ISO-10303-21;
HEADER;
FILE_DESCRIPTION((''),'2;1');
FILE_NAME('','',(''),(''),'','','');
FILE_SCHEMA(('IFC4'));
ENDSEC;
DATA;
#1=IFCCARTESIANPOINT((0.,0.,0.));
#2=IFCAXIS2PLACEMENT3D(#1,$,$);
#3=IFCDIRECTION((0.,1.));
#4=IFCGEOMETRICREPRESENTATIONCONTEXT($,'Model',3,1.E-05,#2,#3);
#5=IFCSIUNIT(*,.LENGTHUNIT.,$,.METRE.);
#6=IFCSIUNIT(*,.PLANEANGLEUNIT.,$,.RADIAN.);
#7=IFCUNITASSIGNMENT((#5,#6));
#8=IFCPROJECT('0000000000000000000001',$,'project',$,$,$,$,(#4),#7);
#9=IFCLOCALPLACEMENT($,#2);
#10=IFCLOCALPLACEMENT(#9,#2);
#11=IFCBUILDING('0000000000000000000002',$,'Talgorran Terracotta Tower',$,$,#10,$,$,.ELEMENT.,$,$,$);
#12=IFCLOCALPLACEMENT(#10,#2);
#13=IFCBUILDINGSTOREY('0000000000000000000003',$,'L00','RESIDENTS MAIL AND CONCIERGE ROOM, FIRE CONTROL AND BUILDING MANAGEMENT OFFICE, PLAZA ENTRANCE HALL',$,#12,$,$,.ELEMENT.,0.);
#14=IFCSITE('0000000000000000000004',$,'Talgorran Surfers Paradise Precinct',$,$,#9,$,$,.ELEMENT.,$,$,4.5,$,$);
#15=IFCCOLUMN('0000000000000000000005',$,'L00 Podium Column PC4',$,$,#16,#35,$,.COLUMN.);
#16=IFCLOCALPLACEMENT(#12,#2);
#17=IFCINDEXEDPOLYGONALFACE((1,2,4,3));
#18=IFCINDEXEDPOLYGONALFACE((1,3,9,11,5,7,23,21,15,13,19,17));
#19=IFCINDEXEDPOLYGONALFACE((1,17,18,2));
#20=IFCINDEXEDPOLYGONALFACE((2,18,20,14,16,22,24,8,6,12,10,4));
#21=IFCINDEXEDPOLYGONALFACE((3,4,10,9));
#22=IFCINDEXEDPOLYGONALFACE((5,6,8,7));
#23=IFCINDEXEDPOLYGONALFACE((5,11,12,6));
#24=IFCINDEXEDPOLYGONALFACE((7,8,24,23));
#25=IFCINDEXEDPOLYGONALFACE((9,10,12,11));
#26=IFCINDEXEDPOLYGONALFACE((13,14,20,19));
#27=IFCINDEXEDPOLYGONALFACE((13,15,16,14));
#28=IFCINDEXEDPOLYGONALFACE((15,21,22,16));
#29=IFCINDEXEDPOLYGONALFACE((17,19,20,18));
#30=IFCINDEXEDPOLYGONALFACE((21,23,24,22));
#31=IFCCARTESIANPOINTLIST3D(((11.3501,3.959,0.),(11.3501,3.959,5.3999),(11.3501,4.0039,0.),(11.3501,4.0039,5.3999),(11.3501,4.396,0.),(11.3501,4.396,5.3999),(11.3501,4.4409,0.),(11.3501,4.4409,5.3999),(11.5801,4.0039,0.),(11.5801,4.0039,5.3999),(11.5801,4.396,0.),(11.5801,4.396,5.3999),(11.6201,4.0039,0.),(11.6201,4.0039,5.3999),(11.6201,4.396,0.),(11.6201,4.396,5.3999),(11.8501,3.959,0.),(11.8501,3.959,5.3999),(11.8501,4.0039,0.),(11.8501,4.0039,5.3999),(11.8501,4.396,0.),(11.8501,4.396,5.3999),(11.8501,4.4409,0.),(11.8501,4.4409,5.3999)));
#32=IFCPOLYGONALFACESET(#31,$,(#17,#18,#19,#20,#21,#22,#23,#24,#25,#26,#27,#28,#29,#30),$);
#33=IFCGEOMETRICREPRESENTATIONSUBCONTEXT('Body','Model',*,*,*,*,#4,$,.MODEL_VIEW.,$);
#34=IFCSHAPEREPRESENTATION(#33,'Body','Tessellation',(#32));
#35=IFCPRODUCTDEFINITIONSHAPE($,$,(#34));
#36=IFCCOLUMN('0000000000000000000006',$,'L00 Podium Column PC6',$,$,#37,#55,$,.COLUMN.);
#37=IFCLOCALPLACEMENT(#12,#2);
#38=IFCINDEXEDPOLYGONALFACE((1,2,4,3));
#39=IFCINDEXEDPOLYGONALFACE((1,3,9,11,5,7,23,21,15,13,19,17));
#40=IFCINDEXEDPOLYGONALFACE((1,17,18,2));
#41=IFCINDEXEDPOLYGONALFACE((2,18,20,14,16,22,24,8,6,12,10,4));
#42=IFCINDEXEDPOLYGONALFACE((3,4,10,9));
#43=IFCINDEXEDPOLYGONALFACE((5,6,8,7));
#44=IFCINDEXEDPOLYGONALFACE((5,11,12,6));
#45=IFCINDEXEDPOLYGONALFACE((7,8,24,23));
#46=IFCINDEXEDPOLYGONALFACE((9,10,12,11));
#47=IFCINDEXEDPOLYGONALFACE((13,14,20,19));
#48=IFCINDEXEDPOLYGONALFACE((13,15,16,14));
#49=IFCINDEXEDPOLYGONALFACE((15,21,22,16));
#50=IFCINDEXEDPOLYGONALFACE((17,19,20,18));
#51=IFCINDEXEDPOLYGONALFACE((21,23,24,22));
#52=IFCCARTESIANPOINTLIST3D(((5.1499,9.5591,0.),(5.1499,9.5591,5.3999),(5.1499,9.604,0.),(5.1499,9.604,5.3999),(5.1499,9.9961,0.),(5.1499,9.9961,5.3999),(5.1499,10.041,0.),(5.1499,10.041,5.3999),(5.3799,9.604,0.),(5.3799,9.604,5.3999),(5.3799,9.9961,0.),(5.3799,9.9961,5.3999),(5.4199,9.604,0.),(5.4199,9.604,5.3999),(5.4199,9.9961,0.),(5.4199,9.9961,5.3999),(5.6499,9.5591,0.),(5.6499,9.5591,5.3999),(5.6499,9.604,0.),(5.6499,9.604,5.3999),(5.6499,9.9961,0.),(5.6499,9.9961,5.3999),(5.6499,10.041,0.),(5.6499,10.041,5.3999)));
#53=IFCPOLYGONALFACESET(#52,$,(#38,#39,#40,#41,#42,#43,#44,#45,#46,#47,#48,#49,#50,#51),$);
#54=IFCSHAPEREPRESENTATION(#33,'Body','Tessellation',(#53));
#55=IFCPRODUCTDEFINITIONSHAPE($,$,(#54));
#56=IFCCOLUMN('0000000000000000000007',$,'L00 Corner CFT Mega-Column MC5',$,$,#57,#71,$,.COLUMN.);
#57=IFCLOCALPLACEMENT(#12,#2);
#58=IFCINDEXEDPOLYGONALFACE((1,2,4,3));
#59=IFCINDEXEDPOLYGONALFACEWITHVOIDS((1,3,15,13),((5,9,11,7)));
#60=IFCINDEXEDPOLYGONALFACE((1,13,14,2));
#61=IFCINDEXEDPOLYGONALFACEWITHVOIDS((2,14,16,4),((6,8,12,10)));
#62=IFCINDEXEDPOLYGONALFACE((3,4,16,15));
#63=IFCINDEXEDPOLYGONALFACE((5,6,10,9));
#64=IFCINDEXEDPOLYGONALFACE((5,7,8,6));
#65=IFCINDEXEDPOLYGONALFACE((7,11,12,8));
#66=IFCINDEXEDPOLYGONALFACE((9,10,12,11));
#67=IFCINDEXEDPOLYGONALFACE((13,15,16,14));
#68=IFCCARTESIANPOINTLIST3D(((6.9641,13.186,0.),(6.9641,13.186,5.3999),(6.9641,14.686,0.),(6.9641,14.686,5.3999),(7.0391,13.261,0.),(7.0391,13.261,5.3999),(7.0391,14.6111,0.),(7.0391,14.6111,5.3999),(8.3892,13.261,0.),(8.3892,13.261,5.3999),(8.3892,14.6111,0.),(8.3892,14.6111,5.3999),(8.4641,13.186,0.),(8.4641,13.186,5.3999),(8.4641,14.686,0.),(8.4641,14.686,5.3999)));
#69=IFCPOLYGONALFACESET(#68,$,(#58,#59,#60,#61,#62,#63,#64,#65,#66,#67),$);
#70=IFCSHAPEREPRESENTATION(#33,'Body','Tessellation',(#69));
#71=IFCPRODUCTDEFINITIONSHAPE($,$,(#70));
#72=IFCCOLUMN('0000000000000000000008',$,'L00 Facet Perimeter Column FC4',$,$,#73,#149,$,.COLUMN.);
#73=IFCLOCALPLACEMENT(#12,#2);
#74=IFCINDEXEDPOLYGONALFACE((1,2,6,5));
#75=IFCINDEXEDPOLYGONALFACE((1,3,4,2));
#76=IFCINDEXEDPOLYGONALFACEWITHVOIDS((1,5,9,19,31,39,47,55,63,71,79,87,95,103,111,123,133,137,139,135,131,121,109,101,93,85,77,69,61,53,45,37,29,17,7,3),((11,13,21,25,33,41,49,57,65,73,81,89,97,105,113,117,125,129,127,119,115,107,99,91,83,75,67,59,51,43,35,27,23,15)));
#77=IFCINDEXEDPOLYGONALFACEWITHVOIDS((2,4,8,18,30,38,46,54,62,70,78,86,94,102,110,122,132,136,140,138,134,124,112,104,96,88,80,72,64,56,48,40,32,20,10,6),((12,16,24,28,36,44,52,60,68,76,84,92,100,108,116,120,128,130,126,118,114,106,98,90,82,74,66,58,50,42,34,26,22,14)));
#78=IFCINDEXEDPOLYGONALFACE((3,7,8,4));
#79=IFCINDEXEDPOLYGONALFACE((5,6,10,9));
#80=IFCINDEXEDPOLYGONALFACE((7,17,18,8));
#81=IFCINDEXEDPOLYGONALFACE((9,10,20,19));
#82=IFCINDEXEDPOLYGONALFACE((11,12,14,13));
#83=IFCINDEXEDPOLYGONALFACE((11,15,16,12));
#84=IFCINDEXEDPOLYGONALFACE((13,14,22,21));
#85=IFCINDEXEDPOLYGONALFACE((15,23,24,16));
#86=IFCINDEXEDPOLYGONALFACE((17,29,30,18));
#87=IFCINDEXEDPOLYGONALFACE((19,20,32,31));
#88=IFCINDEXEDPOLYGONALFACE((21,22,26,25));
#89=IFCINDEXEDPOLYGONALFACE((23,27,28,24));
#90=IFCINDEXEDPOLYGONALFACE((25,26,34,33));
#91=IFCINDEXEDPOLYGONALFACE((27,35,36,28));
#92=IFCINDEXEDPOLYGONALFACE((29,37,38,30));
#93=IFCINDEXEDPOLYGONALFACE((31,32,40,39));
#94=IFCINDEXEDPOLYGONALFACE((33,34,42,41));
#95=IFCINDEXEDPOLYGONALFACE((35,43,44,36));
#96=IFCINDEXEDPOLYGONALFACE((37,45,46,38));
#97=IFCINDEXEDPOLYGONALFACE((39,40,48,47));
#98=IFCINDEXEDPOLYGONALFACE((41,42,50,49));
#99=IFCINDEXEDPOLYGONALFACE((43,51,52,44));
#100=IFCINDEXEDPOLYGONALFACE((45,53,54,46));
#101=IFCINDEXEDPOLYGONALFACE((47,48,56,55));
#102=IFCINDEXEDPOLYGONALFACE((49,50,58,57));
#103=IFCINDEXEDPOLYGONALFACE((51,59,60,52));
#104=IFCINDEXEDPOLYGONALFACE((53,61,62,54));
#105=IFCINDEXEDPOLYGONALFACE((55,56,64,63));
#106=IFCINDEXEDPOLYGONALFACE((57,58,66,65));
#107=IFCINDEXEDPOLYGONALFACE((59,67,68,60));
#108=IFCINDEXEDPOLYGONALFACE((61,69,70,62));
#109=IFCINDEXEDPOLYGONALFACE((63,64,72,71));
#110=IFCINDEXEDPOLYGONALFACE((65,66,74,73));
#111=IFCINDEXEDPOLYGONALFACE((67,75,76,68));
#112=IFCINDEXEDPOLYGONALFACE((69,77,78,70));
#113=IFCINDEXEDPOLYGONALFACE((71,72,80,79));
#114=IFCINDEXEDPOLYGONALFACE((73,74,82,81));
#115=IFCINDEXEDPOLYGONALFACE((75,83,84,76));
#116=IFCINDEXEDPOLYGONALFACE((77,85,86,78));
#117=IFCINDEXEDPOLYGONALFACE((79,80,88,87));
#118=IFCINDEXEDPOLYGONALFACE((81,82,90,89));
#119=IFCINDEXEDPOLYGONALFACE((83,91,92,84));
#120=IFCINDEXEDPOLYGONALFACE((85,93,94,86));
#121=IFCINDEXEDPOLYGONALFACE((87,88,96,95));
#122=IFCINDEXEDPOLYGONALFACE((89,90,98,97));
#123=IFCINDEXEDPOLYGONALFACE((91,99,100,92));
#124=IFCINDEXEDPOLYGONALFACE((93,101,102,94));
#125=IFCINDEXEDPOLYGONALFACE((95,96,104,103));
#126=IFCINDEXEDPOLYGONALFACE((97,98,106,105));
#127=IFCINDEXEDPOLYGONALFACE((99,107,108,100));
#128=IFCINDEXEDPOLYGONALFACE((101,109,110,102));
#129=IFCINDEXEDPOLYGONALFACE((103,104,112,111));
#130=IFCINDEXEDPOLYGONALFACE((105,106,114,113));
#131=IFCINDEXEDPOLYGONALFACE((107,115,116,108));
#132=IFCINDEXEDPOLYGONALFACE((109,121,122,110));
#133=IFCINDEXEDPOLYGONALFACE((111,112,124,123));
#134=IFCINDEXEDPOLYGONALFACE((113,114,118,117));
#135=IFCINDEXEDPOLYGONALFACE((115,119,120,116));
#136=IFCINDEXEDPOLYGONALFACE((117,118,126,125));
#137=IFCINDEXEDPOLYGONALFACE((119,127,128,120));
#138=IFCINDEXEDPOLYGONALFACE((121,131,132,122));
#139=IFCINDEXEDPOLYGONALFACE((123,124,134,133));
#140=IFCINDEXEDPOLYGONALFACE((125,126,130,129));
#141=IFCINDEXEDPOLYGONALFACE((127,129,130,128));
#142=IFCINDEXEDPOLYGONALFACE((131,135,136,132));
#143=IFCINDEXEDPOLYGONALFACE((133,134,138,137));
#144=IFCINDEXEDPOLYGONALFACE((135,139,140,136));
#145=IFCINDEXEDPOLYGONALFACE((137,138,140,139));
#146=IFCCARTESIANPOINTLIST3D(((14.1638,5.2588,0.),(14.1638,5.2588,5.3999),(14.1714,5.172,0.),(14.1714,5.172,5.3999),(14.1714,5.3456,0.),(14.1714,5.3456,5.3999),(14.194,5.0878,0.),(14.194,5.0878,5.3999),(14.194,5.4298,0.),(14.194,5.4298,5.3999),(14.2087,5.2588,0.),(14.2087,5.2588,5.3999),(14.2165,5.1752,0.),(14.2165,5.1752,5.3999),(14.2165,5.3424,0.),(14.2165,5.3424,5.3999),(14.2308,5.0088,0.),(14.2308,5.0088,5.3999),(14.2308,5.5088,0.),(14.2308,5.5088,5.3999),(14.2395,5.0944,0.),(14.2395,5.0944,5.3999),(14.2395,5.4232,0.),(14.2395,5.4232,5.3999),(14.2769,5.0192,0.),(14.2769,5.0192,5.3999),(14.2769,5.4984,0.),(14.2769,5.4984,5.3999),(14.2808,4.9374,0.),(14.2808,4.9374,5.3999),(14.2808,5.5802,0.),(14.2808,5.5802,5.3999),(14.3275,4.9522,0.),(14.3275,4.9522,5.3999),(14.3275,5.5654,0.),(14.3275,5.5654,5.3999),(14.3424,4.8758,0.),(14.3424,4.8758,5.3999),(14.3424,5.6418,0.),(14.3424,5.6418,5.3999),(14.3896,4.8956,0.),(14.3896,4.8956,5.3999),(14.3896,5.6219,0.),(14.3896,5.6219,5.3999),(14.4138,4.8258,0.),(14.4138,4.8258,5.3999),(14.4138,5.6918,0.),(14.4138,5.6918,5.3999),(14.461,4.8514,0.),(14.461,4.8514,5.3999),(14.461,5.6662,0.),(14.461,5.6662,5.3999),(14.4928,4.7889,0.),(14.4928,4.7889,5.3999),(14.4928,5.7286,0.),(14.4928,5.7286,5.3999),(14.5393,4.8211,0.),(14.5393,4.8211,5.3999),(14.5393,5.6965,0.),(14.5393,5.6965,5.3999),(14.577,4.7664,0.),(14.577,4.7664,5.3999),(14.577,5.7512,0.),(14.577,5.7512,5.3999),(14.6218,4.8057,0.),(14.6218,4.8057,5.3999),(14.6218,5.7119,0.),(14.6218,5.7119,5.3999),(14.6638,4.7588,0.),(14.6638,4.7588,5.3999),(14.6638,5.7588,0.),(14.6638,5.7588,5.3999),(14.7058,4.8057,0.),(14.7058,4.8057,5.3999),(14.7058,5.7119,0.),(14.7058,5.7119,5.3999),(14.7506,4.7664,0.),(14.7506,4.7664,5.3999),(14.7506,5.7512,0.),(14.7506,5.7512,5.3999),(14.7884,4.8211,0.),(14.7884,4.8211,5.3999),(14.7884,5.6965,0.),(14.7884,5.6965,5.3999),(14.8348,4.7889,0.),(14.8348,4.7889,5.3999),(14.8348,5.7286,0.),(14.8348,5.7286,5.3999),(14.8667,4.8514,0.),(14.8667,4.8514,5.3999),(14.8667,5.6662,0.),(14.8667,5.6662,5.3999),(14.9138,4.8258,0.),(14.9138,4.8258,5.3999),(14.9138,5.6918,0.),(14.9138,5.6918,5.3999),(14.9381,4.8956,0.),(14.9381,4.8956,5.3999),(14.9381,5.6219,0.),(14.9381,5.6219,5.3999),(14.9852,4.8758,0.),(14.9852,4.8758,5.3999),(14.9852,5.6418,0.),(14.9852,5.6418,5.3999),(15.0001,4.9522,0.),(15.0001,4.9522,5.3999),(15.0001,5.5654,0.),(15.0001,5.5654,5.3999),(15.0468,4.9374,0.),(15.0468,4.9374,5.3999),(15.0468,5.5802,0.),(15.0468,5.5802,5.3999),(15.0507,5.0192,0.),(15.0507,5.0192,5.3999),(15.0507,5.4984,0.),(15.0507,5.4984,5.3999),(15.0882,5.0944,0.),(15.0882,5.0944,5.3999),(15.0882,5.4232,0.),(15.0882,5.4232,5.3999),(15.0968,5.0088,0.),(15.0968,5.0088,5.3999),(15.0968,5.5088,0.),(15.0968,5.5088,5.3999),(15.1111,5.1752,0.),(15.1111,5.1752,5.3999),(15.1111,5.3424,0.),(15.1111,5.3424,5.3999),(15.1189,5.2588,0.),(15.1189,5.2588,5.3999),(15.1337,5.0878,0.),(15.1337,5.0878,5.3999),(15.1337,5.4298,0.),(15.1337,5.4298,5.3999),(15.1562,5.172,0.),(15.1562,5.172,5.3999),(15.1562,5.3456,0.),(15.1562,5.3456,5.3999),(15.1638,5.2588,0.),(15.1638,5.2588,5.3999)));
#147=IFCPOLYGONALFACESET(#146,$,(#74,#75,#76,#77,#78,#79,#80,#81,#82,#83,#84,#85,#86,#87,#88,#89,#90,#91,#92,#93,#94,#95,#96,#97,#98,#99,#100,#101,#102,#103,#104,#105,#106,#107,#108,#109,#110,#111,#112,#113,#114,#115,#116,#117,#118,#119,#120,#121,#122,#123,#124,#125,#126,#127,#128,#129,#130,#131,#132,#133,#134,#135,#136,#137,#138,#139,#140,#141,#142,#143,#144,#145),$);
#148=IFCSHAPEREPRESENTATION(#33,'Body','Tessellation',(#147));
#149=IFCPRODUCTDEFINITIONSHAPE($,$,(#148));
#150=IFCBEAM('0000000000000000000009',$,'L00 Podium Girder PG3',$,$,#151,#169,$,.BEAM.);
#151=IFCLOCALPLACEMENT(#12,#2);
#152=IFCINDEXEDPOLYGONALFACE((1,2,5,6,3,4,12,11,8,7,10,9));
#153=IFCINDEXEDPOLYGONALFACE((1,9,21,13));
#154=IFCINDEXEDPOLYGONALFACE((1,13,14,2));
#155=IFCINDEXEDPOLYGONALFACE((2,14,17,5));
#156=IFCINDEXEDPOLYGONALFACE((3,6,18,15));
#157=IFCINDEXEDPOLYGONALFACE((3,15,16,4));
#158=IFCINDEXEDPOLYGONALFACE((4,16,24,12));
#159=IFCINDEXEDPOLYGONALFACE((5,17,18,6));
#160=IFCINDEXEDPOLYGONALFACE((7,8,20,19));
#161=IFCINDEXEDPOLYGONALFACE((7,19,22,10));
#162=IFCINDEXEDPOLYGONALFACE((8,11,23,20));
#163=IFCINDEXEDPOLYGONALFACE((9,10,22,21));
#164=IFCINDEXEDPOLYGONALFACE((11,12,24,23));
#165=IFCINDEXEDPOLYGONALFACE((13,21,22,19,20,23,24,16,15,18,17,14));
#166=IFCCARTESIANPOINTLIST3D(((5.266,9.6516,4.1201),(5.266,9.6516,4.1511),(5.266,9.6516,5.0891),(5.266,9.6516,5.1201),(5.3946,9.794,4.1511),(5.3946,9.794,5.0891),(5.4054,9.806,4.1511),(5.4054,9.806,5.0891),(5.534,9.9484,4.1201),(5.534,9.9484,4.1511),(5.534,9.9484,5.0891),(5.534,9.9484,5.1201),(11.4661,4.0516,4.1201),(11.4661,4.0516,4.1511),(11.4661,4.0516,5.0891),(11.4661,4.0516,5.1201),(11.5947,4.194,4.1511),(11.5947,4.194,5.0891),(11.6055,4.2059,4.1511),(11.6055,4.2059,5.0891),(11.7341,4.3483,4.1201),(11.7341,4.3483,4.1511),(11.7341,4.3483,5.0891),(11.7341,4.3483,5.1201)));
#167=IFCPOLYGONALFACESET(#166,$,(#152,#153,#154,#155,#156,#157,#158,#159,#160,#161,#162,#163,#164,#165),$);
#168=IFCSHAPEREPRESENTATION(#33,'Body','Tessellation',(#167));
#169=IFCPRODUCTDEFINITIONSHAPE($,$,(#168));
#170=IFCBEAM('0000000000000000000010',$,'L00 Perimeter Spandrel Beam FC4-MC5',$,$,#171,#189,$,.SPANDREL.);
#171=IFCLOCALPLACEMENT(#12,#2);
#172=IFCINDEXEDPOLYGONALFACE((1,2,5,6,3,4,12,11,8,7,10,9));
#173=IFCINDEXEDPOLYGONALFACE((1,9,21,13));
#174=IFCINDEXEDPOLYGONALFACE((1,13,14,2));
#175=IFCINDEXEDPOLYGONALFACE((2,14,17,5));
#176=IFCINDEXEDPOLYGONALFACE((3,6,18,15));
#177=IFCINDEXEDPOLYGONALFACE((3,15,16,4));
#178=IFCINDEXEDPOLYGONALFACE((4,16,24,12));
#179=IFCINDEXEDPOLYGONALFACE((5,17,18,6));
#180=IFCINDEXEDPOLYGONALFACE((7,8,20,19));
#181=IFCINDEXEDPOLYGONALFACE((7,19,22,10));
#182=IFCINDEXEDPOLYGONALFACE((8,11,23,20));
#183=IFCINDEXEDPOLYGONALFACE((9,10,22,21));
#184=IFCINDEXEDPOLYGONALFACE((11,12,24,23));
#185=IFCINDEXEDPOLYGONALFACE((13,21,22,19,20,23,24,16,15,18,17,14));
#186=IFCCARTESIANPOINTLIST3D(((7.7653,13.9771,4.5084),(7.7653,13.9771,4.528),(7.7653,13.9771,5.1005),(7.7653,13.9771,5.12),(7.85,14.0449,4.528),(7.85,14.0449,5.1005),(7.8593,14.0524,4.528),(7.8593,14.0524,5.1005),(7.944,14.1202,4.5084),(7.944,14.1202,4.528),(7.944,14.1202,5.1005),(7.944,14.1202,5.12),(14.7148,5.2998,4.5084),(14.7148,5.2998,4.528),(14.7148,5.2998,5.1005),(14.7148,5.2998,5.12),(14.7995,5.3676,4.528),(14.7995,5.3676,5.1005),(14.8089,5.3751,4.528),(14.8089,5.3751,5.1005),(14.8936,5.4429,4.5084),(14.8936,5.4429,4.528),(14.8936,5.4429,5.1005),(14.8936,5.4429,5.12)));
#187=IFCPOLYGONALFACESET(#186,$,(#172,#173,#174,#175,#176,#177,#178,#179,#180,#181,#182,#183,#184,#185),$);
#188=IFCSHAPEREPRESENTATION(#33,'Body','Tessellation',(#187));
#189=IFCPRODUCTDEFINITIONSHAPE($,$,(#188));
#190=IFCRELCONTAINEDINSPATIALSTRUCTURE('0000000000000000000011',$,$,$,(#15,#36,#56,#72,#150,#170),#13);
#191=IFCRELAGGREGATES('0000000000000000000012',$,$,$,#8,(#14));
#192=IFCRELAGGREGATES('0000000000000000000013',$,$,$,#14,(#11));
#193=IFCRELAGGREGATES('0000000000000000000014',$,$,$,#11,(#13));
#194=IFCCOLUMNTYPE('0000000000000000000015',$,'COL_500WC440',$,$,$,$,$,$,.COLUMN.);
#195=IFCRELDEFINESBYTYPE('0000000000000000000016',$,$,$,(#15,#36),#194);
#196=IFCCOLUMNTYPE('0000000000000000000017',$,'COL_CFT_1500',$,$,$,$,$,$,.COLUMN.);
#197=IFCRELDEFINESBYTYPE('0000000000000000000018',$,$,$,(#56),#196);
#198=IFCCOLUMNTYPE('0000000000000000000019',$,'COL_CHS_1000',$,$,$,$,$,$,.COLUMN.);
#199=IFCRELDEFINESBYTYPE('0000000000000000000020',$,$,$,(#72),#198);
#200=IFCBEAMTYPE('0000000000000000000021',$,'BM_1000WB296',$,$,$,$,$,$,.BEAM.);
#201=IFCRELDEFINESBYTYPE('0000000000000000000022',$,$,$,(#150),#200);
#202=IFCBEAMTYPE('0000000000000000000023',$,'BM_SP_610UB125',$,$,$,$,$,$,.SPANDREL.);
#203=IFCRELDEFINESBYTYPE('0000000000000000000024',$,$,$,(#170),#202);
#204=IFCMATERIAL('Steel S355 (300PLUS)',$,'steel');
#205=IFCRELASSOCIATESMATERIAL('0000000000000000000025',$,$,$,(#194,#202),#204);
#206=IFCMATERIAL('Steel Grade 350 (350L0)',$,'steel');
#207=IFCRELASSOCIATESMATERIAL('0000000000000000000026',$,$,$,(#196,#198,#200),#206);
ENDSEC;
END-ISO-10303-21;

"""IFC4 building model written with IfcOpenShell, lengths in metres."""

from ifc_helpers import new_model, si_unit, direction, frame, origin, origin_2d, place, context, subcontext, project, spatial, hollow_rectangle, hollow_circle, i_section, extrude, material, material_profile, profile_set, type_object, element, save


model = new_model("IFC4")

# Units and contexts
model_context = context("Model", 3, precision=1e-05, world=origin(), true_north=direction((0.0, 1.0)))
body_context = subcontext(model_context, "Body", "Model", "MODEL_VIEW")
ifc_project = project(units=[si_unit("LENGTHUNIT", "METRE"), si_unit("PLANEANGLEUNIT", "RADIAN")], contexts=[model_context])

# Site, building, storey
site_placement = place(None, origin())
site = spatial("IfcSite", under=ifc_project, at=site_placement, Name="Talgorran Surfers Paradise Precinct", CompositionType="ELEMENT", RefElevation=4.5)
building_placement = place(site_placement, origin())
building = spatial("IfcBuilding", under=site, at=building_placement, Name="Talgorran Terracotta Tower", CompositionType="ELEMENT")
storey_placement = place(building_placement, origin())
storey = spatial("IfcBuildingStorey", under=building, at=storey_placement, Name="L00", Description="RESIDENTS MAIL AND CONCIERGE ROOM, FIRE CONTROL AND BUILDING MANAGEMENT OFFICE, PLAZA ENTRANCE HALL", CompositionType="ELEMENT", Elevation=0.0)

# Columns
ifc_material_1 = material(Name="Steel S355 (300PLUS)", Category="steel")
ifc_material_profile_1 = material_profile(ifc_material_1, i_section(OverallWidth=0.5, OverallDepth=0.4819, WebThickness=0.04, FlangeThickness=0.0449, at=origin_2d()), Name="500WC440")
ifc_profile_set_1 = profile_set([ifc_material_profile_1], Name="Steel S355 (300PLUS)")
column_type_1 = type_object("IfcColumnType", Name="COL_500WC440", PredefinedType="COLUMN", material=ifc_profile_set_1)
for number, where, z_axis, x_axis, name in (
    (1, (11.6001, 4.2, 0.0), (0.0, 0.0, 1.0), (1.0, 0.0, 0.0), "L00 Podium Column PC4"),
    (2, (5.3999, 9.8, 0.0), (0.0, 0.0, 1.0), (1.0, 0.0, 0.0), "L00 Podium Column PC6"),
):
    element("IfcColumn", number, at=place(storey_placement, frame(where, z_axis=z_axis, x_axis=x_axis)), inside=storey, type_object=column_type_1, Name=name, PredefinedType="COLUMN", context=body_context, shape_type="SweptSolid", body=[
        extrude(i_section(OverallWidth=0.5, OverallDepth=0.4819, WebThickness=0.04, FlangeThickness=0.0449, at=origin_2d()), origin(), (0.0, 0.0, 1.0), 5.3999),
    ])
ifc_material_2 = material(Name="Steel Grade 350 (350L0)", Category="steel")
ifc_material_profile_2 = material_profile(ifc_material_2, hollow_rectangle(XDim=1.5, YDim=1.5, WallThickness=0.075, at=origin_2d()), Name="CFT1500X1500X75")
ifc_profile_set_2 = profile_set([ifc_material_profile_2], Name="Steel Grade 350 (350L0)")
column_type_2 = type_object("IfcColumnType", Name="COL_CFT_1500", PredefinedType="COLUMN", material=ifc_profile_set_2)
column_1_placement = place(storey_placement, frame((7.7141, 13.936, 0.0), z_axis=(0.0, 0.0, 1.0), x_axis=(1.0, 0.0, 0.0)))
element("IfcColumn", 3, at=column_1_placement, inside=storey, type_object=column_type_2, Name="L00 Corner CFT Mega-Column MC5", PredefinedType="COLUMN", context=body_context, shape_type="SweptSolid", body=[
    extrude(hollow_rectangle(XDim=1.5, YDim=1.5, WallThickness=0.075, at=origin_2d()), origin(), (0.0, 0.0, 1.0), 5.3999),
])
ifc_material_profile_3 = material_profile(ifc_material_2, hollow_circle(Radius=0.5, WallThickness=0.0449, at=origin_2d()), Name="CHS1000X45")
ifc_profile_set_3 = profile_set([ifc_material_profile_3], Name="Steel Grade 350 (350L0)")
column_type_3 = type_object("IfcColumnType", Name="COL_CHS_1000", PredefinedType="COLUMN", material=ifc_profile_set_3)
column_2_placement = place(storey_placement, frame((14.6638, 5.2588, 0.0), z_axis=(0.0, 0.0, 1.0), x_axis=(1.0, 0.0, 0.0)))
element("IfcColumn", 4, at=column_2_placement, inside=storey, type_object=column_type_3, Name="L00 Facet Perimeter Column FC4", PredefinedType="COLUMN", context=body_context, shape_type="SweptSolid", body=[
    extrude(hollow_circle(Radius=0.5, WallThickness=0.0449, at=origin_2d()), origin(), (0.0, 0.0, 1.0), 5.3999),
])

# Beams
ifc_material_profile_4 = material_profile(ifc_material_2, i_section(OverallWidth=0.3999, OverallDepth=1.0, WebThickness=0.0161, FlangeThickness=0.031, at=origin_2d()), Name="1000WB296")
ifc_profile_set_4 = profile_set([ifc_material_profile_4], Name="Steel Grade 350 (350L0)")
beam_type_1 = type_object("IfcBeamType", Name="BM_1000WB296", PredefinedType="BEAM", material=ifc_profile_set_4)
beam_1_placement = place(storey_placement, frame((11.6001, 4.2, 4.6201), z_axis=(-0.742107, 0.670281, 0.0), x_axis=(-0.670281, -0.742107, 0.0)))
element("IfcBeam", 5, at=beam_1_placement, inside=storey, type_object=beam_type_1, Name="L00 Podium Girder PG3", PredefinedType="BEAM", context=body_context, shape_type="SweptSolid", body=[
    extrude(i_section(OverallWidth=0.3999, OverallDepth=1.0, WebThickness=0.0161, FlangeThickness=0.031, at=origin_2d()), origin(), (0.0, 0.0, 1.0), 8.3547),
])
ifc_material_profile_5 = material_profile(ifc_material_1, i_section(OverallWidth=0.229, OverallDepth=0.6116, WebThickness=0.012, FlangeThickness=0.0195, at=origin_2d()), Name="610UB125")
ifc_profile_set_5 = profile_set([ifc_material_profile_5], Name="Steel S355 (300PLUS)")
beam_type_2 = type_object("IfcBeamType", Name="BM_SP_610UB125", PredefinedType="SPANDREL", material=ifc_profile_set_5)
beam_2_placement = place(storey_placement, frame((14.8042, 5.3713, 4.8142), z_axis=(-0.625115, 0.780532, 0.0), x_axis=(-0.780532, -0.625115, 0.0)))
element("IfcBeam", 6, at=beam_2_placement, inside=storey, type_object=beam_type_2, Name="L00 Perimeter Spandrel Beam FC4-MC5", PredefinedType="SPANDREL", context=body_context, shape_type="SweptSolid", body=[
    extrude(i_section(OverallWidth=0.229, OverallDepth=0.6116, WebThickness=0.012, FlangeThickness=0.0195, at=origin_2d()), origin(), (0.0, 0.0, 1.0), 11.1172),
])

save(model, "model.ifc")
